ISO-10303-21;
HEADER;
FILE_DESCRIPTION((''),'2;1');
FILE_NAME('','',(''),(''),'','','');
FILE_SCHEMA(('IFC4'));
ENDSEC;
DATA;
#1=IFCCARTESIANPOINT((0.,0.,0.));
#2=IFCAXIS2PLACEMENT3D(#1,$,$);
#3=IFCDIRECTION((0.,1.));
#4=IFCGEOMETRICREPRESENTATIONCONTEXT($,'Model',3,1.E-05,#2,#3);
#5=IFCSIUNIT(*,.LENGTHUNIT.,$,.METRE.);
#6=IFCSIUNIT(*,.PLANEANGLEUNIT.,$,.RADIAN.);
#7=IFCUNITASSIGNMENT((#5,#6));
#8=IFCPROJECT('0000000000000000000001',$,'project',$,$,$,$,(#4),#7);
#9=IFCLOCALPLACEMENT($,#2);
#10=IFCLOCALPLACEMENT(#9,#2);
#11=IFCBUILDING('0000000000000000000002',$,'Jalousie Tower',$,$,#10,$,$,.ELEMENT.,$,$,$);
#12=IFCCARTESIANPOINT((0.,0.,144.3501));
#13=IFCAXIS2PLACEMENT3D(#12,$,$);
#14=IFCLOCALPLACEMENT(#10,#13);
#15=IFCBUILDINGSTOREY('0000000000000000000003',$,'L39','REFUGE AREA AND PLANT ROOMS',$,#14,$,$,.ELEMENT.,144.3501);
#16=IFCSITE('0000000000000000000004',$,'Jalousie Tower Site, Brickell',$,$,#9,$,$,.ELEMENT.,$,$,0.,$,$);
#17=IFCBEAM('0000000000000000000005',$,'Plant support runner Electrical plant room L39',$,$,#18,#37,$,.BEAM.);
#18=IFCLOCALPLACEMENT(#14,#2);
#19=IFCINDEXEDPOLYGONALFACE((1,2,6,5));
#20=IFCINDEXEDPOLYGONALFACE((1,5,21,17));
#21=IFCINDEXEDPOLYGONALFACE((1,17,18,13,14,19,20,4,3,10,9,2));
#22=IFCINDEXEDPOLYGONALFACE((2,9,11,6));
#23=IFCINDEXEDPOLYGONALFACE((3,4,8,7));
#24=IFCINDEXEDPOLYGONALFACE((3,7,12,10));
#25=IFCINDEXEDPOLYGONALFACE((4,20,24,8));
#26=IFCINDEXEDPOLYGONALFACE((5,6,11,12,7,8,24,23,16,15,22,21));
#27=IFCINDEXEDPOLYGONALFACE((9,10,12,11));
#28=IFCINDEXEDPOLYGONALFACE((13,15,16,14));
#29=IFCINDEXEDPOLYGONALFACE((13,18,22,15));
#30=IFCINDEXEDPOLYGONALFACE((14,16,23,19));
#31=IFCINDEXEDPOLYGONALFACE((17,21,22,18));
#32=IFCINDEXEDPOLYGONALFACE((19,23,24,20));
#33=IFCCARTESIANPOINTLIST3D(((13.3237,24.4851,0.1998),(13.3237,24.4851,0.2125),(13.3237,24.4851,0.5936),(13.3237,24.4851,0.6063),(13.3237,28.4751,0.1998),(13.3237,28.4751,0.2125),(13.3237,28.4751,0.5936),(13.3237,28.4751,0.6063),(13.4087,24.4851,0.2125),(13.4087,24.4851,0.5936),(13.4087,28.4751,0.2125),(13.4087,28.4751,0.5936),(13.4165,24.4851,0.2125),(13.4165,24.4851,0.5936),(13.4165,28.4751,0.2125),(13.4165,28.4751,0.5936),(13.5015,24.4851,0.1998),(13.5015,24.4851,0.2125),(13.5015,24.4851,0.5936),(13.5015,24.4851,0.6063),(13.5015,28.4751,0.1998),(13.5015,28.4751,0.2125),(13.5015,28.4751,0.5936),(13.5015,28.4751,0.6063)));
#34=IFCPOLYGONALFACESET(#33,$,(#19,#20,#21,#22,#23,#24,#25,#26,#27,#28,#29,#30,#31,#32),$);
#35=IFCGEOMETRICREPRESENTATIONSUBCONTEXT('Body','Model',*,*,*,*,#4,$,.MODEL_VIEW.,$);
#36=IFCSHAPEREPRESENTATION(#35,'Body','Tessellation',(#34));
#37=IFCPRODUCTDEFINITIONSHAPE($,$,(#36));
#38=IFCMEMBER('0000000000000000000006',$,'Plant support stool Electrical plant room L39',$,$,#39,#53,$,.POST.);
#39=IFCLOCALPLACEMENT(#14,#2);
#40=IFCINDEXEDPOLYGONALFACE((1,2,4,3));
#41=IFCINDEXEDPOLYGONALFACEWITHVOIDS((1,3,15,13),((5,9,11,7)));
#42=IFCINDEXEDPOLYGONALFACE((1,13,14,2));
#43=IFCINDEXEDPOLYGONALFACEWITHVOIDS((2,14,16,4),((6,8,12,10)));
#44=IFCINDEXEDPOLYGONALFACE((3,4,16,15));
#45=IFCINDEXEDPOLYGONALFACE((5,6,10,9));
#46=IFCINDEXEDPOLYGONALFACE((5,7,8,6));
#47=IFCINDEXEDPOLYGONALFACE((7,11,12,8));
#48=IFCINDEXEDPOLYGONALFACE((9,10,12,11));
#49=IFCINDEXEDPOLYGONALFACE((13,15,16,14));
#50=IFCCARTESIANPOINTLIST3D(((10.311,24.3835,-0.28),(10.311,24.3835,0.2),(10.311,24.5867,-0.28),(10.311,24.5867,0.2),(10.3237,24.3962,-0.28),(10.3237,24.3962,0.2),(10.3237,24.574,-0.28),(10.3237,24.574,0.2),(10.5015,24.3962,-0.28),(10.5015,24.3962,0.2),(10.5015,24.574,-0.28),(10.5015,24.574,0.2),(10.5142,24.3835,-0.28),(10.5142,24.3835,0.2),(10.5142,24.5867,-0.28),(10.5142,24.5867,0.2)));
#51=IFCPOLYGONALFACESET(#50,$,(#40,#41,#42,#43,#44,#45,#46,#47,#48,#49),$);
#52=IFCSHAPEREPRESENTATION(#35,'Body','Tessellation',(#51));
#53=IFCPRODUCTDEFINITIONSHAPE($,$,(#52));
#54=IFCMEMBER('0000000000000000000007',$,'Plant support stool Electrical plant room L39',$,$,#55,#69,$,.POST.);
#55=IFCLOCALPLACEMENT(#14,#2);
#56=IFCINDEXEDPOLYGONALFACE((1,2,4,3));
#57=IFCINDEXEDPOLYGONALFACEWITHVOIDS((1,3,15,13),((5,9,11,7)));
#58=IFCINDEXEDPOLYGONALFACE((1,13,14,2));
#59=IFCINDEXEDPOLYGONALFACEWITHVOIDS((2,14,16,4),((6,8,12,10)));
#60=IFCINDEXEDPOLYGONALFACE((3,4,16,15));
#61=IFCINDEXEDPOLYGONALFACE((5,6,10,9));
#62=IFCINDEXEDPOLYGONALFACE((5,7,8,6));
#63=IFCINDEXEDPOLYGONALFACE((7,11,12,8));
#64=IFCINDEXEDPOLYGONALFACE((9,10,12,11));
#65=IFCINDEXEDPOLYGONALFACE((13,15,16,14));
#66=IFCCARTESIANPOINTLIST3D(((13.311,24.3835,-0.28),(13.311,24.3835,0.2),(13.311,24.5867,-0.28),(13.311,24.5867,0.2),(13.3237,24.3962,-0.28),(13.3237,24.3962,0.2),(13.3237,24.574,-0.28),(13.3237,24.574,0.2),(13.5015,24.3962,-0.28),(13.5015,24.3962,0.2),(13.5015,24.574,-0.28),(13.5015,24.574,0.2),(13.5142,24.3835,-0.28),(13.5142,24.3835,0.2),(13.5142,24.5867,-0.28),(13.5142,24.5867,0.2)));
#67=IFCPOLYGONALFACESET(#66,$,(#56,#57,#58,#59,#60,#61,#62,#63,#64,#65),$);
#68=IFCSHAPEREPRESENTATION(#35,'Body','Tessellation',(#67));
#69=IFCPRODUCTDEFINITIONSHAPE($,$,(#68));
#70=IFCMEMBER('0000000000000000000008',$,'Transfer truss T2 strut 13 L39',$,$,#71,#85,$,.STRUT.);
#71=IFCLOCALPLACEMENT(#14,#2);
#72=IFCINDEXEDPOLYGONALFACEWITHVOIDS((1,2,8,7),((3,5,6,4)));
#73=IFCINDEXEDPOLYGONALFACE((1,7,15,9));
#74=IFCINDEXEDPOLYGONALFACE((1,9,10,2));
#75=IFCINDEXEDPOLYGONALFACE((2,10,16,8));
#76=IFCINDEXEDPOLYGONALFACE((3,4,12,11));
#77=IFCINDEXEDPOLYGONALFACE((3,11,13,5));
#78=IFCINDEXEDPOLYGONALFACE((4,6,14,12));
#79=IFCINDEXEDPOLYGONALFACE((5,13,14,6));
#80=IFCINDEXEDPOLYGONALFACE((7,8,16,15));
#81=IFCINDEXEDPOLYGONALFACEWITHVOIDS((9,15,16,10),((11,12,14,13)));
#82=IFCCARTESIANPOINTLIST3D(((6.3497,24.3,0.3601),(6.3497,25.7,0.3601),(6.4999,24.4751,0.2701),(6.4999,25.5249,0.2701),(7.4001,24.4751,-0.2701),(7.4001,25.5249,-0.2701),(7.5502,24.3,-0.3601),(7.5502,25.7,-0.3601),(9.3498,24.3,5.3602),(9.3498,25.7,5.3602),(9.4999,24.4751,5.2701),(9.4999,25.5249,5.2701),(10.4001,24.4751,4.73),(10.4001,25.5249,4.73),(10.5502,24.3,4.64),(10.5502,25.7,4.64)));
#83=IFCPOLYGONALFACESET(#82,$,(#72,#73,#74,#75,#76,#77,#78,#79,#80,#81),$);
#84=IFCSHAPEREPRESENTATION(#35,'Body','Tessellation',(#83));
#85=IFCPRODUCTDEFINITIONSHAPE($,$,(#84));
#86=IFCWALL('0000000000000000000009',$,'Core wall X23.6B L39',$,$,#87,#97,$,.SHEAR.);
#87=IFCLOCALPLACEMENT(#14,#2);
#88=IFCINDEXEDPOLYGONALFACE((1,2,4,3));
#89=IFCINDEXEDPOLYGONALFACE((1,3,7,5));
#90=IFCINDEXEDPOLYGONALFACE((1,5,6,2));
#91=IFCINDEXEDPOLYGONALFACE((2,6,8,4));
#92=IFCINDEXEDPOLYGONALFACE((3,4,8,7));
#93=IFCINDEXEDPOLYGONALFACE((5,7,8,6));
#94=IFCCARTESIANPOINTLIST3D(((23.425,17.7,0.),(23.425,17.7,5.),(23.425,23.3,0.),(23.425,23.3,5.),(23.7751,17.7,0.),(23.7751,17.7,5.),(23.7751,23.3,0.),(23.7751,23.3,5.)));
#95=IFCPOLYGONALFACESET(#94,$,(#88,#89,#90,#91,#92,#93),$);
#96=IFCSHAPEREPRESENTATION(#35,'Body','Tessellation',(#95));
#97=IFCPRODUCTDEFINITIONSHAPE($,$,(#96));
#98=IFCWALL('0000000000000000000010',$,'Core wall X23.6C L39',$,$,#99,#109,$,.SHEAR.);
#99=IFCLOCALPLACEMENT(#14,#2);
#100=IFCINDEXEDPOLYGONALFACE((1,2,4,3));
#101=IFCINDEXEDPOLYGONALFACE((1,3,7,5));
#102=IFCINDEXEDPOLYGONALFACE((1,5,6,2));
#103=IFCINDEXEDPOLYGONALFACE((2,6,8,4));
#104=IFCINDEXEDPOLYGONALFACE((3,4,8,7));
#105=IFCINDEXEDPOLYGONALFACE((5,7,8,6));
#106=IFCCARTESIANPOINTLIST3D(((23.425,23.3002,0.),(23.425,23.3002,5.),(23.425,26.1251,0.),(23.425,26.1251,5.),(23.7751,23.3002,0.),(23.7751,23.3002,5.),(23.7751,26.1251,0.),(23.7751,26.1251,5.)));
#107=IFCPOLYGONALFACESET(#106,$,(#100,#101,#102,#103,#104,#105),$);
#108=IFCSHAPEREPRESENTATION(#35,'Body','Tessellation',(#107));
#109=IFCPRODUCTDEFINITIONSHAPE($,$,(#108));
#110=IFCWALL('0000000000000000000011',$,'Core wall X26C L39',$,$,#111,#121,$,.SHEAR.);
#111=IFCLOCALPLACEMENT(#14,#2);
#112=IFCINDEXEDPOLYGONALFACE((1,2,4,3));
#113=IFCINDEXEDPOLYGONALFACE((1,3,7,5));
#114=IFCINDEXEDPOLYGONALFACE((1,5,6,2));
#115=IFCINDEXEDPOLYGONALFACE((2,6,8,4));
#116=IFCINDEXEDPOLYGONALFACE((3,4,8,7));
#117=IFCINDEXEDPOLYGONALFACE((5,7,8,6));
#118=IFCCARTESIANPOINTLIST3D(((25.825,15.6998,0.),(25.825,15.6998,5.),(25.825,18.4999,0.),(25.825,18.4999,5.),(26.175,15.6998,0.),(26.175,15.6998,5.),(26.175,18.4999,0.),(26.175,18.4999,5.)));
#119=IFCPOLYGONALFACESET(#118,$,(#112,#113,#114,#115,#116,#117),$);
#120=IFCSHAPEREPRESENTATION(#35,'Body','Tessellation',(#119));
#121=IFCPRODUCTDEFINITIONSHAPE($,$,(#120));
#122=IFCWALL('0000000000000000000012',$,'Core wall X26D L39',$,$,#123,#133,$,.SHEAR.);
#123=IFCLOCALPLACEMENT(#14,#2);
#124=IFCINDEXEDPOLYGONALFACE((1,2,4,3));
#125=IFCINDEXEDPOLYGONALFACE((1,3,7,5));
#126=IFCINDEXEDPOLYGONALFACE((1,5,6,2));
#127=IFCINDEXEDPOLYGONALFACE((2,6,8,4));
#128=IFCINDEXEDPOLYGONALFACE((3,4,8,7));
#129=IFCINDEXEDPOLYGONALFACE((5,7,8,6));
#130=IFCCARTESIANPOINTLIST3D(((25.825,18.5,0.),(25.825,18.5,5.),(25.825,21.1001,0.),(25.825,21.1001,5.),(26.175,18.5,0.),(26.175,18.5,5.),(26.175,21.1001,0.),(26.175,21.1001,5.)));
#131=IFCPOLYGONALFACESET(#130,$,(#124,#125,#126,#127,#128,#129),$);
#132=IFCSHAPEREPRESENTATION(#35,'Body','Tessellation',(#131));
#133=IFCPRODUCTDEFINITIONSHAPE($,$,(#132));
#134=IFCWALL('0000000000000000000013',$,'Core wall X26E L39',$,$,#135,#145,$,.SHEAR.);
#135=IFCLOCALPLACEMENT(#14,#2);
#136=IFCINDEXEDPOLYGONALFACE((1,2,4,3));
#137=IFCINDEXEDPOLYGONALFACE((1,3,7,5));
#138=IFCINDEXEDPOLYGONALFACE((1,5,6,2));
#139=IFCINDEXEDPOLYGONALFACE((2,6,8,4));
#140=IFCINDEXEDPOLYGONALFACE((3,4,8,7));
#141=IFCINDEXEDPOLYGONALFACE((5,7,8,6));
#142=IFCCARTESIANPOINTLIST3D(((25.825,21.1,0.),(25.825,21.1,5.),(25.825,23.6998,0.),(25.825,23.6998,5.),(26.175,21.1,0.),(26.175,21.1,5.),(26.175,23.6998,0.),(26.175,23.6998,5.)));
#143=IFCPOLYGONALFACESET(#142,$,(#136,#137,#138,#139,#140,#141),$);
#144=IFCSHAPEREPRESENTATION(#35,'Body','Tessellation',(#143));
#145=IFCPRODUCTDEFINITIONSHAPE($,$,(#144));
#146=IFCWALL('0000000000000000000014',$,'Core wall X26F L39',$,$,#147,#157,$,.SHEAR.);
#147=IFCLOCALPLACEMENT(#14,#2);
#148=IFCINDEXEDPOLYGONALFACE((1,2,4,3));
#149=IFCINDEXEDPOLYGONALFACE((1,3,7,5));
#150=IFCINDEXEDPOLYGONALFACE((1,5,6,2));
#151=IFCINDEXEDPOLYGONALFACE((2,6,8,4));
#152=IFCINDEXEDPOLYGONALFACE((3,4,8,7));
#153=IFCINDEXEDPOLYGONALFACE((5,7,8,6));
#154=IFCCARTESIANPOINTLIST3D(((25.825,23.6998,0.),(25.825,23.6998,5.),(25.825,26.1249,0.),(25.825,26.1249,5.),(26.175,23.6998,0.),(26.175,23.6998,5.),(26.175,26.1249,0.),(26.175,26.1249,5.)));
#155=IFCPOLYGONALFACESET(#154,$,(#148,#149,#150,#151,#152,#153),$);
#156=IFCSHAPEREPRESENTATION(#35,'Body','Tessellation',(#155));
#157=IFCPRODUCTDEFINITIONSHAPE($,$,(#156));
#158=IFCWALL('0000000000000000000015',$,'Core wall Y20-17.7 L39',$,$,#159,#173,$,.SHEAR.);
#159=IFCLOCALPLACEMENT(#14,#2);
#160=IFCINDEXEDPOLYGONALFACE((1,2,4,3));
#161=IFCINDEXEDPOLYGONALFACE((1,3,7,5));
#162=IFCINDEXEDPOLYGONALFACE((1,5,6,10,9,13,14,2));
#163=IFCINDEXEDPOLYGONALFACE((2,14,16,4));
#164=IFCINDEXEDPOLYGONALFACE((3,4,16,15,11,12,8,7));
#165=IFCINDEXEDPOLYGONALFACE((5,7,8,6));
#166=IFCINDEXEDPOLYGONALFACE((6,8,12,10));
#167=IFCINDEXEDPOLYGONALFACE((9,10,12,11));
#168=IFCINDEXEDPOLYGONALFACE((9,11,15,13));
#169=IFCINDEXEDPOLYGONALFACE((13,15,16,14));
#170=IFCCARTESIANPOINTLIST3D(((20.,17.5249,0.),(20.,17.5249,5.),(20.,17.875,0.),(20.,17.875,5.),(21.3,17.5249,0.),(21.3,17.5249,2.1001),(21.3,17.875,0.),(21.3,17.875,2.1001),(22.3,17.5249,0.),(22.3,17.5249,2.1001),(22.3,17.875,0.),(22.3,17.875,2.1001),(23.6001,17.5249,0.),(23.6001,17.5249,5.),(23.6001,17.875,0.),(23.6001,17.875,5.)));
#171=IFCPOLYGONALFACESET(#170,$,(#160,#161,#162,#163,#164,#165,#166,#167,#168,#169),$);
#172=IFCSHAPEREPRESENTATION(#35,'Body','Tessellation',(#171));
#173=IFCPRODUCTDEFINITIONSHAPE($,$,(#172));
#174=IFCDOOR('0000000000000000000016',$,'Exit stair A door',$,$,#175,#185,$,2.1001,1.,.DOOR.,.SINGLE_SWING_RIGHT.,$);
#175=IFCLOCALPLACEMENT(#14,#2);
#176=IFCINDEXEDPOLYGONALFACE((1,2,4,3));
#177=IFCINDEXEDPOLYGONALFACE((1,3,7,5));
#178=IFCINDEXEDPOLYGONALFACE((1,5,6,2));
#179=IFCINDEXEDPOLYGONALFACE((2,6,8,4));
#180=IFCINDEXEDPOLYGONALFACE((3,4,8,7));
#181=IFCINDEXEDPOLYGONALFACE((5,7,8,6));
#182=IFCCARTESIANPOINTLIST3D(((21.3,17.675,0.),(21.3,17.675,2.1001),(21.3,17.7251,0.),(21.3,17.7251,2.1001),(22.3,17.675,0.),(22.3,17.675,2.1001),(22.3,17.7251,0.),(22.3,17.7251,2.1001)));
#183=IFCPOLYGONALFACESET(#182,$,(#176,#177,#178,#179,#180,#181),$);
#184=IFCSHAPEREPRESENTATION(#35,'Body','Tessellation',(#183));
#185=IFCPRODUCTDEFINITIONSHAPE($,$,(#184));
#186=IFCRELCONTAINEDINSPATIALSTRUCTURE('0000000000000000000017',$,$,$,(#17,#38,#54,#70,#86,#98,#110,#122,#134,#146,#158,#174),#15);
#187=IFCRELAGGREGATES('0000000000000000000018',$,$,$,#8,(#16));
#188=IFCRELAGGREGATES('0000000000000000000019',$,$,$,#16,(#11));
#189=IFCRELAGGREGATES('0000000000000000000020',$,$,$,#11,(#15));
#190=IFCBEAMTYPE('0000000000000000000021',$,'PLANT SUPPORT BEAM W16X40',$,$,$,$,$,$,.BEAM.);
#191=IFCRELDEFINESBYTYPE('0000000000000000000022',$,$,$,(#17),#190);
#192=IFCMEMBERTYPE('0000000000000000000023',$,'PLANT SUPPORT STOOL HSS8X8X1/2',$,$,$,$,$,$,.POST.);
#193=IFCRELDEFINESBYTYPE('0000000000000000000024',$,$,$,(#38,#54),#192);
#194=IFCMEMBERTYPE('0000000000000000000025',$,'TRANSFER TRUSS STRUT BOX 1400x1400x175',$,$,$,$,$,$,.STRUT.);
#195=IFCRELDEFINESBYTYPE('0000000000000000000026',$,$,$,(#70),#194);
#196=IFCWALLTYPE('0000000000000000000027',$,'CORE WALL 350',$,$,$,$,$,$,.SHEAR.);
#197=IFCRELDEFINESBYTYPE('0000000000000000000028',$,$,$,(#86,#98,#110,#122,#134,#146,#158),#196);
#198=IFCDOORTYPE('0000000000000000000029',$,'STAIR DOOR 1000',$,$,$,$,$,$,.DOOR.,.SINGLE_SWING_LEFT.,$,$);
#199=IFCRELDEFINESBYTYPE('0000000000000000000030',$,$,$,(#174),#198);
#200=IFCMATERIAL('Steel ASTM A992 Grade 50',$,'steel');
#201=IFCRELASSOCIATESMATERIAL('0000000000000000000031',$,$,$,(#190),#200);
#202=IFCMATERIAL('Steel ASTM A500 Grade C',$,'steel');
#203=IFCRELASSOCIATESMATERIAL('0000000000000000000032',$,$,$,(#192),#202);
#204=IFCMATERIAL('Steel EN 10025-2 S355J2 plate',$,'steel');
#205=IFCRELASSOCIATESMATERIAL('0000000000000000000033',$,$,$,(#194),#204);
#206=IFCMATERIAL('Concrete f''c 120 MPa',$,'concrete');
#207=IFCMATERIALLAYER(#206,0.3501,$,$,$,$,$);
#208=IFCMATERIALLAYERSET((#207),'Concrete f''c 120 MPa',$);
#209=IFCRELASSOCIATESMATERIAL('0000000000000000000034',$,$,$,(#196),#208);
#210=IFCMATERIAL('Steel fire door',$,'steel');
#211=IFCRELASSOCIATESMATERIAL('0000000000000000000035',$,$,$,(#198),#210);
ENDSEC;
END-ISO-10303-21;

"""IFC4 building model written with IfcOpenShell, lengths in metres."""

from ifc_helpers import new_model, si_unit, direction, frame, frame_2d, origin, origin_2d, place, context, subcontext, project, spatial, rectangle, hollow_rectangle, i_section, extrude, material, layer, layer_set, material_profile, profile_set, type_object, element, fill, save


model = new_model("IFC4")

# Units and contexts
model_context = context("Model", 3, precision=1e-05, world=origin(), true_north=direction((0.0, 1.0)))
body_context = subcontext(model_context, "Body", "Model", "MODEL_VIEW")
ifc_project = project(units=[si_unit("LENGTHUNIT", "METRE"), si_unit("PLANEANGLEUNIT", "RADIAN")], contexts=[model_context])

# Site, building, storey
site_placement = place(None, origin())
site = spatial("IfcSite", under=ifc_project, at=site_placement, Name="Jalousie Tower Site, Brickell", CompositionType="ELEMENT", RefElevation=0.0)
building_placement = place(site_placement, origin())
building = spatial("IfcBuilding", under=site, at=building_placement, Name="Jalousie Tower", CompositionType="ELEMENT")
storey_placement = place(building_placement, frame((0.0, 0.0, 144.3501)))
storey = spatial("IfcBuildingStorey", under=building, at=storey_placement, Name="L39", Description="REFUGE AREA AND PLANT ROOMS", CompositionType="ELEMENT", Elevation=144.3501)

# Beam
ifc_material_1 = material(Name="Steel ASTM A992 Grade 50", Category="steel")
ifc_material_profile_1 = material_profile(ifc_material_1, i_section(OverallWidth=0.1777, OverallDepth=0.4065, WebThickness=0.0078, FlangeThickness=0.0127, at=origin_2d()), Name="W16X40")
ifc_profile_set_1 = profile_set([ifc_material_profile_1], Name="Steel ASTM A992 Grade 50")
beam_type_1 = type_object("IfcBeamType", Name="PLANT SUPPORT BEAM W16X40", PredefinedType="BEAM", material=ifc_profile_set_1)
for number, where, z_axis, x_axis, name in (
    (1, (13.4126, 24.4851, 0.4031), (0.0, 1.0, 0.0), (-1.0, 0.0, 0.0), "Plant support runner Electrical plant room L39"),
):
    element("IfcBeam", number, at=place(storey_placement, frame(where, z_axis=z_axis, x_axis=x_axis)), inside=storey, type_object=beam_type_1, Name=name, PredefinedType="BEAM", context=body_context, shape_type="SweptSolid", body=[
        extrude(i_section(OverallWidth=0.1777, OverallDepth=0.4065, WebThickness=0.0078, FlangeThickness=0.0127, at=origin_2d()), origin(), (0.0, 0.0, 1.0), 3.99),
    ])

# Members
ifc_material_2 = material(Name="Steel ASTM A500 Grade C", Category="steel")
ifc_material_profile_2 = material_profile(ifc_material_2, hollow_rectangle(XDim=0.2031, YDim=0.2031, WallThickness=0.0127, at=origin_2d()), Name="HSS8X8X1/2")
ifc_profile_set_2 = profile_set([ifc_material_profile_2], Name="Steel ASTM A500 Grade C")
member_type_1 = type_object("IfcMemberType", Name="PLANT SUPPORT STOOL HSS8X8X1/2", PredefinedType="POST", material=ifc_profile_set_2)
for number, where, z_axis, x_axis, name in (
    (2, (10.4126, 24.4851, -0.28), (0.0, 0.0, 1.0), (1.0, 0.0, 0.0), "Plant support stool Electrical plant room L39"),
    (3, (13.4126, 24.4851, -0.28), (0.0, 0.0, 1.0), (1.0, 0.0, 0.0), "Plant support stool Electrical plant room L39"),
):
    element("IfcMember", number, at=place(storey_placement, frame(where, z_axis=z_axis, x_axis=x_axis)), inside=storey, type_object=member_type_1, Name=name, PredefinedType="POST", context=body_context, shape_type="SweptSolid", body=[
        extrude(hollow_rectangle(XDim=0.2031, YDim=0.2031, WallThickness=0.0127, at=origin_2d()), origin(), (0.0, 0.0, 1.0), 0.48),
    ])
ifc_material_3 = material(Name="Steel EN 10025-2 S355J2 plate", Category="steel")
ifc_material_profile_3 = material_profile(ifc_material_3, hollow_rectangle(XDim=1.3999, YDim=1.3999, WallThickness=0.175, at=origin_2d()), Name="BOX 1400x1400x175")
ifc_profile_set_3 = profile_set([ifc_material_profile_3], Name="Steel EN 10025-2 S355J2 plate")
member_type_2 = type_object("IfcMemberType", Name="TRANSFER TRUSS STRUT BOX 1400x1400x175", PredefinedType="STRUT", material=ifc_profile_set_3)
member_1_placement = place(storey_placement, frame((6.95, 25.0, 0.0), z_axis=(0.514496, 0.0, 0.857493), x_axis=(0.0, 1.0, 0.0)))
element("IfcMember", 4, at=member_1_placement, inside=storey, type_object=member_type_2, Name="Transfer truss T2 strut 13 L39", PredefinedType="STRUT", context=body_context, shape_type="SweptSolid", body=[
    extrude(hollow_rectangle(XDim=1.3999, YDim=1.3999, WallThickness=0.175, at=origin_2d()), origin(), (0.0, 0.0, 1.0), 5.8311),
])

# Walls
ifc_material_4 = material(Name="Concrete f'c 120 MPa", Category="concrete")
ifc_layer_1 = layer(ifc_material_4, 0.3501)
ifc_layer_set_1 = layer_set([ifc_layer_1], Name="Concrete f'c 120 MPa")
wall_type_1 = type_object("IfcWallType", Name="CORE WALL 350", PredefinedType="SHEAR", material=ifc_layer_set_1)
wall_1_placement = place(storey_placement, frame((23.6001, 17.7, 0.0), z_axis=(0.0, 0.0, 1.0), x_axis=(0.0, 1.0, 0.0)))
element("IfcWall", 5, at=wall_1_placement, inside=storey, type_object=wall_type_1, Name="Core wall X23.6B L39", PredefinedType="SHEAR", context=body_context, shape_type="SweptSolid", body=[
    extrude(rectangle(XDim=5.6001, YDim=0.3501, at=frame_2d((2.8, 0.0))), origin(), (0.0, 0.0, 1.0), 5.0),
])
wall_2_placement = place(storey_placement, frame((23.6001, 23.3, 0.0), z_axis=(0.0, 0.0, 1.0), x_axis=(0.0, 1.0, 0.0)))
element("IfcWall", 6, at=wall_2_placement, inside=storey, type_object=wall_type_1, Name="Core wall X23.6C L39", PredefinedType="SHEAR", context=body_context, shape_type="SweptSolid", body=[
    extrude(rectangle(XDim=2.825, YDim=0.3501, at=frame_2d((1.4126, 0.0))), origin(), (0.0, 0.0, 1.0), 5.0),
])
wall_3_placement = place(storey_placement, frame((26.0, 15.7, 0.0), z_axis=(0.0, 0.0, 1.0), x_axis=(0.0, 1.0, 0.0)))
element("IfcWall", 7, at=wall_3_placement, inside=storey, type_object=wall_type_1, Name="Core wall X26C L39", PredefinedType="SHEAR", context=body_context, shape_type="SweptSolid", body=[
    extrude(rectangle(XDim=2.8, YDim=0.3501, at=frame_2d((1.3999, 0.0))), origin(), (0.0, 0.0, 1.0), 5.0),
])
wall_4_placement = place(storey_placement, frame((26.0, 18.5, 0.0), z_axis=(0.0, 0.0, 1.0), x_axis=(0.0, 1.0, 0.0)))
element("IfcWall", 8, at=wall_4_placement, inside=storey, type_object=wall_type_1, Name="Core wall X26D L39", PredefinedType="SHEAR", context=body_context, shape_type="SweptSolid", body=[
    extrude(rectangle(XDim=2.6001, YDim=0.3501, at=frame_2d((1.3, 0.0))), origin(), (0.0, 0.0, 1.0), 5.0),
])
wall_5_placement = place(storey_placement, frame((26.0, 21.1001, 0.0), z_axis=(0.0, 0.0, 1.0), x_axis=(0.0, 1.0, 0.0)))
element("IfcWall", 9, at=wall_5_placement, inside=storey, type_object=wall_type_1, Name="Core wall X26E L39", PredefinedType="SHEAR", context=body_context, shape_type="SweptSolid", body=[
    extrude(rectangle(XDim=2.5999, YDim=0.3501, at=frame_2d((1.2998, 0.0))), origin(), (0.0, 0.0, 1.0), 5.0),
])
wall_6_placement = place(storey_placement, frame((26.0, 23.7, 0.0), z_axis=(0.0, 0.0, 1.0), x_axis=(0.0, 1.0, 0.0)))
element("IfcWall", 10, at=wall_6_placement, inside=storey, type_object=wall_type_1, Name="Core wall X26F L39", PredefinedType="SHEAR", context=body_context, shape_type="SweptSolid", body=[
    extrude(rectangle(XDim=2.425, YDim=0.3501, at=frame_2d((1.2124, 0.0))), origin(), (0.0, 0.0, 1.0), 5.0),
])

# Wall, opening, door
wall_7_placement = place(storey_placement, frame((20.0, 17.7, 0.0), z_axis=(0.0, 0.0, 1.0), x_axis=(1.0, 0.0, 0.0)))
wall_7 = element("IfcWall", 11, at=wall_7_placement, inside=storey, type_object=wall_type_1, Name="Core wall Y20-17.7 L39", PredefinedType="SHEAR", context=body_context, shape_type="SweptSolid", body=[
    extrude(rectangle(XDim=3.6001, YDim=0.3501, at=frame_2d((1.8, 0.0))), origin(), (0.0, 0.0, 1.0), 5.0),
])
opening_1_placement = place(wall_7_placement, frame((1.3, 0.0, 0.0)))
opening_1 = element("IfcOpeningElement", 12, at=opening_1_placement, cuts=wall_7, PredefinedType="OPENING", context=body_context, shape_type="SweptSolid", body=[
    extrude(rectangle(XDim=1.0, YDim=2.1001, at=frame_2d((0.5, 1.05))), frame((0.0, 0.1851, 0.0), z_axis=(0.0, -1.0, 0.0), x_axis=(1.0, 0.0, 0.0)), (0.0, 0.0, 1.0), 0.3701),
])
ifc_material_5 = material(Name="Steel fire door", Category="steel")
door_type_1 = type_object("IfcDoorType", Name="STAIR DOOR 1000", OperationType="SINGLE_SWING_LEFT", PredefinedType="DOOR", material=ifc_material_5)
door_1_placement = place(opening_1_placement, frame((1.0, 0.0, 0.0), z_axis=(0.0, 0.0, 1.0), x_axis=(-1.0, 0.0, 0.0)))
door_1 = element("IfcDoor", 13, at=door_1_placement, inside=storey, type_object=door_type_1, Name="Exit stair A door", OperationType="SINGLE_SWING_RIGHT", OverallHeight=2.1001, OverallWidth=1.0, PredefinedType="DOOR", context=body_context, shape_type="SweptSolid", body=[
    extrude(rectangle(XDim=1.0, YDim=2.1001, at=frame_2d((0.5, 1.05))), frame((0.0, 0.0249, 0.0), z_axis=(0.0, -1.0, 0.0), x_axis=(1.0, 0.0, 0.0)), (0.0, 0.0, 1.0), 0.05),
])
fill(opening_1, door_1)

save(model, "model.ifc")
